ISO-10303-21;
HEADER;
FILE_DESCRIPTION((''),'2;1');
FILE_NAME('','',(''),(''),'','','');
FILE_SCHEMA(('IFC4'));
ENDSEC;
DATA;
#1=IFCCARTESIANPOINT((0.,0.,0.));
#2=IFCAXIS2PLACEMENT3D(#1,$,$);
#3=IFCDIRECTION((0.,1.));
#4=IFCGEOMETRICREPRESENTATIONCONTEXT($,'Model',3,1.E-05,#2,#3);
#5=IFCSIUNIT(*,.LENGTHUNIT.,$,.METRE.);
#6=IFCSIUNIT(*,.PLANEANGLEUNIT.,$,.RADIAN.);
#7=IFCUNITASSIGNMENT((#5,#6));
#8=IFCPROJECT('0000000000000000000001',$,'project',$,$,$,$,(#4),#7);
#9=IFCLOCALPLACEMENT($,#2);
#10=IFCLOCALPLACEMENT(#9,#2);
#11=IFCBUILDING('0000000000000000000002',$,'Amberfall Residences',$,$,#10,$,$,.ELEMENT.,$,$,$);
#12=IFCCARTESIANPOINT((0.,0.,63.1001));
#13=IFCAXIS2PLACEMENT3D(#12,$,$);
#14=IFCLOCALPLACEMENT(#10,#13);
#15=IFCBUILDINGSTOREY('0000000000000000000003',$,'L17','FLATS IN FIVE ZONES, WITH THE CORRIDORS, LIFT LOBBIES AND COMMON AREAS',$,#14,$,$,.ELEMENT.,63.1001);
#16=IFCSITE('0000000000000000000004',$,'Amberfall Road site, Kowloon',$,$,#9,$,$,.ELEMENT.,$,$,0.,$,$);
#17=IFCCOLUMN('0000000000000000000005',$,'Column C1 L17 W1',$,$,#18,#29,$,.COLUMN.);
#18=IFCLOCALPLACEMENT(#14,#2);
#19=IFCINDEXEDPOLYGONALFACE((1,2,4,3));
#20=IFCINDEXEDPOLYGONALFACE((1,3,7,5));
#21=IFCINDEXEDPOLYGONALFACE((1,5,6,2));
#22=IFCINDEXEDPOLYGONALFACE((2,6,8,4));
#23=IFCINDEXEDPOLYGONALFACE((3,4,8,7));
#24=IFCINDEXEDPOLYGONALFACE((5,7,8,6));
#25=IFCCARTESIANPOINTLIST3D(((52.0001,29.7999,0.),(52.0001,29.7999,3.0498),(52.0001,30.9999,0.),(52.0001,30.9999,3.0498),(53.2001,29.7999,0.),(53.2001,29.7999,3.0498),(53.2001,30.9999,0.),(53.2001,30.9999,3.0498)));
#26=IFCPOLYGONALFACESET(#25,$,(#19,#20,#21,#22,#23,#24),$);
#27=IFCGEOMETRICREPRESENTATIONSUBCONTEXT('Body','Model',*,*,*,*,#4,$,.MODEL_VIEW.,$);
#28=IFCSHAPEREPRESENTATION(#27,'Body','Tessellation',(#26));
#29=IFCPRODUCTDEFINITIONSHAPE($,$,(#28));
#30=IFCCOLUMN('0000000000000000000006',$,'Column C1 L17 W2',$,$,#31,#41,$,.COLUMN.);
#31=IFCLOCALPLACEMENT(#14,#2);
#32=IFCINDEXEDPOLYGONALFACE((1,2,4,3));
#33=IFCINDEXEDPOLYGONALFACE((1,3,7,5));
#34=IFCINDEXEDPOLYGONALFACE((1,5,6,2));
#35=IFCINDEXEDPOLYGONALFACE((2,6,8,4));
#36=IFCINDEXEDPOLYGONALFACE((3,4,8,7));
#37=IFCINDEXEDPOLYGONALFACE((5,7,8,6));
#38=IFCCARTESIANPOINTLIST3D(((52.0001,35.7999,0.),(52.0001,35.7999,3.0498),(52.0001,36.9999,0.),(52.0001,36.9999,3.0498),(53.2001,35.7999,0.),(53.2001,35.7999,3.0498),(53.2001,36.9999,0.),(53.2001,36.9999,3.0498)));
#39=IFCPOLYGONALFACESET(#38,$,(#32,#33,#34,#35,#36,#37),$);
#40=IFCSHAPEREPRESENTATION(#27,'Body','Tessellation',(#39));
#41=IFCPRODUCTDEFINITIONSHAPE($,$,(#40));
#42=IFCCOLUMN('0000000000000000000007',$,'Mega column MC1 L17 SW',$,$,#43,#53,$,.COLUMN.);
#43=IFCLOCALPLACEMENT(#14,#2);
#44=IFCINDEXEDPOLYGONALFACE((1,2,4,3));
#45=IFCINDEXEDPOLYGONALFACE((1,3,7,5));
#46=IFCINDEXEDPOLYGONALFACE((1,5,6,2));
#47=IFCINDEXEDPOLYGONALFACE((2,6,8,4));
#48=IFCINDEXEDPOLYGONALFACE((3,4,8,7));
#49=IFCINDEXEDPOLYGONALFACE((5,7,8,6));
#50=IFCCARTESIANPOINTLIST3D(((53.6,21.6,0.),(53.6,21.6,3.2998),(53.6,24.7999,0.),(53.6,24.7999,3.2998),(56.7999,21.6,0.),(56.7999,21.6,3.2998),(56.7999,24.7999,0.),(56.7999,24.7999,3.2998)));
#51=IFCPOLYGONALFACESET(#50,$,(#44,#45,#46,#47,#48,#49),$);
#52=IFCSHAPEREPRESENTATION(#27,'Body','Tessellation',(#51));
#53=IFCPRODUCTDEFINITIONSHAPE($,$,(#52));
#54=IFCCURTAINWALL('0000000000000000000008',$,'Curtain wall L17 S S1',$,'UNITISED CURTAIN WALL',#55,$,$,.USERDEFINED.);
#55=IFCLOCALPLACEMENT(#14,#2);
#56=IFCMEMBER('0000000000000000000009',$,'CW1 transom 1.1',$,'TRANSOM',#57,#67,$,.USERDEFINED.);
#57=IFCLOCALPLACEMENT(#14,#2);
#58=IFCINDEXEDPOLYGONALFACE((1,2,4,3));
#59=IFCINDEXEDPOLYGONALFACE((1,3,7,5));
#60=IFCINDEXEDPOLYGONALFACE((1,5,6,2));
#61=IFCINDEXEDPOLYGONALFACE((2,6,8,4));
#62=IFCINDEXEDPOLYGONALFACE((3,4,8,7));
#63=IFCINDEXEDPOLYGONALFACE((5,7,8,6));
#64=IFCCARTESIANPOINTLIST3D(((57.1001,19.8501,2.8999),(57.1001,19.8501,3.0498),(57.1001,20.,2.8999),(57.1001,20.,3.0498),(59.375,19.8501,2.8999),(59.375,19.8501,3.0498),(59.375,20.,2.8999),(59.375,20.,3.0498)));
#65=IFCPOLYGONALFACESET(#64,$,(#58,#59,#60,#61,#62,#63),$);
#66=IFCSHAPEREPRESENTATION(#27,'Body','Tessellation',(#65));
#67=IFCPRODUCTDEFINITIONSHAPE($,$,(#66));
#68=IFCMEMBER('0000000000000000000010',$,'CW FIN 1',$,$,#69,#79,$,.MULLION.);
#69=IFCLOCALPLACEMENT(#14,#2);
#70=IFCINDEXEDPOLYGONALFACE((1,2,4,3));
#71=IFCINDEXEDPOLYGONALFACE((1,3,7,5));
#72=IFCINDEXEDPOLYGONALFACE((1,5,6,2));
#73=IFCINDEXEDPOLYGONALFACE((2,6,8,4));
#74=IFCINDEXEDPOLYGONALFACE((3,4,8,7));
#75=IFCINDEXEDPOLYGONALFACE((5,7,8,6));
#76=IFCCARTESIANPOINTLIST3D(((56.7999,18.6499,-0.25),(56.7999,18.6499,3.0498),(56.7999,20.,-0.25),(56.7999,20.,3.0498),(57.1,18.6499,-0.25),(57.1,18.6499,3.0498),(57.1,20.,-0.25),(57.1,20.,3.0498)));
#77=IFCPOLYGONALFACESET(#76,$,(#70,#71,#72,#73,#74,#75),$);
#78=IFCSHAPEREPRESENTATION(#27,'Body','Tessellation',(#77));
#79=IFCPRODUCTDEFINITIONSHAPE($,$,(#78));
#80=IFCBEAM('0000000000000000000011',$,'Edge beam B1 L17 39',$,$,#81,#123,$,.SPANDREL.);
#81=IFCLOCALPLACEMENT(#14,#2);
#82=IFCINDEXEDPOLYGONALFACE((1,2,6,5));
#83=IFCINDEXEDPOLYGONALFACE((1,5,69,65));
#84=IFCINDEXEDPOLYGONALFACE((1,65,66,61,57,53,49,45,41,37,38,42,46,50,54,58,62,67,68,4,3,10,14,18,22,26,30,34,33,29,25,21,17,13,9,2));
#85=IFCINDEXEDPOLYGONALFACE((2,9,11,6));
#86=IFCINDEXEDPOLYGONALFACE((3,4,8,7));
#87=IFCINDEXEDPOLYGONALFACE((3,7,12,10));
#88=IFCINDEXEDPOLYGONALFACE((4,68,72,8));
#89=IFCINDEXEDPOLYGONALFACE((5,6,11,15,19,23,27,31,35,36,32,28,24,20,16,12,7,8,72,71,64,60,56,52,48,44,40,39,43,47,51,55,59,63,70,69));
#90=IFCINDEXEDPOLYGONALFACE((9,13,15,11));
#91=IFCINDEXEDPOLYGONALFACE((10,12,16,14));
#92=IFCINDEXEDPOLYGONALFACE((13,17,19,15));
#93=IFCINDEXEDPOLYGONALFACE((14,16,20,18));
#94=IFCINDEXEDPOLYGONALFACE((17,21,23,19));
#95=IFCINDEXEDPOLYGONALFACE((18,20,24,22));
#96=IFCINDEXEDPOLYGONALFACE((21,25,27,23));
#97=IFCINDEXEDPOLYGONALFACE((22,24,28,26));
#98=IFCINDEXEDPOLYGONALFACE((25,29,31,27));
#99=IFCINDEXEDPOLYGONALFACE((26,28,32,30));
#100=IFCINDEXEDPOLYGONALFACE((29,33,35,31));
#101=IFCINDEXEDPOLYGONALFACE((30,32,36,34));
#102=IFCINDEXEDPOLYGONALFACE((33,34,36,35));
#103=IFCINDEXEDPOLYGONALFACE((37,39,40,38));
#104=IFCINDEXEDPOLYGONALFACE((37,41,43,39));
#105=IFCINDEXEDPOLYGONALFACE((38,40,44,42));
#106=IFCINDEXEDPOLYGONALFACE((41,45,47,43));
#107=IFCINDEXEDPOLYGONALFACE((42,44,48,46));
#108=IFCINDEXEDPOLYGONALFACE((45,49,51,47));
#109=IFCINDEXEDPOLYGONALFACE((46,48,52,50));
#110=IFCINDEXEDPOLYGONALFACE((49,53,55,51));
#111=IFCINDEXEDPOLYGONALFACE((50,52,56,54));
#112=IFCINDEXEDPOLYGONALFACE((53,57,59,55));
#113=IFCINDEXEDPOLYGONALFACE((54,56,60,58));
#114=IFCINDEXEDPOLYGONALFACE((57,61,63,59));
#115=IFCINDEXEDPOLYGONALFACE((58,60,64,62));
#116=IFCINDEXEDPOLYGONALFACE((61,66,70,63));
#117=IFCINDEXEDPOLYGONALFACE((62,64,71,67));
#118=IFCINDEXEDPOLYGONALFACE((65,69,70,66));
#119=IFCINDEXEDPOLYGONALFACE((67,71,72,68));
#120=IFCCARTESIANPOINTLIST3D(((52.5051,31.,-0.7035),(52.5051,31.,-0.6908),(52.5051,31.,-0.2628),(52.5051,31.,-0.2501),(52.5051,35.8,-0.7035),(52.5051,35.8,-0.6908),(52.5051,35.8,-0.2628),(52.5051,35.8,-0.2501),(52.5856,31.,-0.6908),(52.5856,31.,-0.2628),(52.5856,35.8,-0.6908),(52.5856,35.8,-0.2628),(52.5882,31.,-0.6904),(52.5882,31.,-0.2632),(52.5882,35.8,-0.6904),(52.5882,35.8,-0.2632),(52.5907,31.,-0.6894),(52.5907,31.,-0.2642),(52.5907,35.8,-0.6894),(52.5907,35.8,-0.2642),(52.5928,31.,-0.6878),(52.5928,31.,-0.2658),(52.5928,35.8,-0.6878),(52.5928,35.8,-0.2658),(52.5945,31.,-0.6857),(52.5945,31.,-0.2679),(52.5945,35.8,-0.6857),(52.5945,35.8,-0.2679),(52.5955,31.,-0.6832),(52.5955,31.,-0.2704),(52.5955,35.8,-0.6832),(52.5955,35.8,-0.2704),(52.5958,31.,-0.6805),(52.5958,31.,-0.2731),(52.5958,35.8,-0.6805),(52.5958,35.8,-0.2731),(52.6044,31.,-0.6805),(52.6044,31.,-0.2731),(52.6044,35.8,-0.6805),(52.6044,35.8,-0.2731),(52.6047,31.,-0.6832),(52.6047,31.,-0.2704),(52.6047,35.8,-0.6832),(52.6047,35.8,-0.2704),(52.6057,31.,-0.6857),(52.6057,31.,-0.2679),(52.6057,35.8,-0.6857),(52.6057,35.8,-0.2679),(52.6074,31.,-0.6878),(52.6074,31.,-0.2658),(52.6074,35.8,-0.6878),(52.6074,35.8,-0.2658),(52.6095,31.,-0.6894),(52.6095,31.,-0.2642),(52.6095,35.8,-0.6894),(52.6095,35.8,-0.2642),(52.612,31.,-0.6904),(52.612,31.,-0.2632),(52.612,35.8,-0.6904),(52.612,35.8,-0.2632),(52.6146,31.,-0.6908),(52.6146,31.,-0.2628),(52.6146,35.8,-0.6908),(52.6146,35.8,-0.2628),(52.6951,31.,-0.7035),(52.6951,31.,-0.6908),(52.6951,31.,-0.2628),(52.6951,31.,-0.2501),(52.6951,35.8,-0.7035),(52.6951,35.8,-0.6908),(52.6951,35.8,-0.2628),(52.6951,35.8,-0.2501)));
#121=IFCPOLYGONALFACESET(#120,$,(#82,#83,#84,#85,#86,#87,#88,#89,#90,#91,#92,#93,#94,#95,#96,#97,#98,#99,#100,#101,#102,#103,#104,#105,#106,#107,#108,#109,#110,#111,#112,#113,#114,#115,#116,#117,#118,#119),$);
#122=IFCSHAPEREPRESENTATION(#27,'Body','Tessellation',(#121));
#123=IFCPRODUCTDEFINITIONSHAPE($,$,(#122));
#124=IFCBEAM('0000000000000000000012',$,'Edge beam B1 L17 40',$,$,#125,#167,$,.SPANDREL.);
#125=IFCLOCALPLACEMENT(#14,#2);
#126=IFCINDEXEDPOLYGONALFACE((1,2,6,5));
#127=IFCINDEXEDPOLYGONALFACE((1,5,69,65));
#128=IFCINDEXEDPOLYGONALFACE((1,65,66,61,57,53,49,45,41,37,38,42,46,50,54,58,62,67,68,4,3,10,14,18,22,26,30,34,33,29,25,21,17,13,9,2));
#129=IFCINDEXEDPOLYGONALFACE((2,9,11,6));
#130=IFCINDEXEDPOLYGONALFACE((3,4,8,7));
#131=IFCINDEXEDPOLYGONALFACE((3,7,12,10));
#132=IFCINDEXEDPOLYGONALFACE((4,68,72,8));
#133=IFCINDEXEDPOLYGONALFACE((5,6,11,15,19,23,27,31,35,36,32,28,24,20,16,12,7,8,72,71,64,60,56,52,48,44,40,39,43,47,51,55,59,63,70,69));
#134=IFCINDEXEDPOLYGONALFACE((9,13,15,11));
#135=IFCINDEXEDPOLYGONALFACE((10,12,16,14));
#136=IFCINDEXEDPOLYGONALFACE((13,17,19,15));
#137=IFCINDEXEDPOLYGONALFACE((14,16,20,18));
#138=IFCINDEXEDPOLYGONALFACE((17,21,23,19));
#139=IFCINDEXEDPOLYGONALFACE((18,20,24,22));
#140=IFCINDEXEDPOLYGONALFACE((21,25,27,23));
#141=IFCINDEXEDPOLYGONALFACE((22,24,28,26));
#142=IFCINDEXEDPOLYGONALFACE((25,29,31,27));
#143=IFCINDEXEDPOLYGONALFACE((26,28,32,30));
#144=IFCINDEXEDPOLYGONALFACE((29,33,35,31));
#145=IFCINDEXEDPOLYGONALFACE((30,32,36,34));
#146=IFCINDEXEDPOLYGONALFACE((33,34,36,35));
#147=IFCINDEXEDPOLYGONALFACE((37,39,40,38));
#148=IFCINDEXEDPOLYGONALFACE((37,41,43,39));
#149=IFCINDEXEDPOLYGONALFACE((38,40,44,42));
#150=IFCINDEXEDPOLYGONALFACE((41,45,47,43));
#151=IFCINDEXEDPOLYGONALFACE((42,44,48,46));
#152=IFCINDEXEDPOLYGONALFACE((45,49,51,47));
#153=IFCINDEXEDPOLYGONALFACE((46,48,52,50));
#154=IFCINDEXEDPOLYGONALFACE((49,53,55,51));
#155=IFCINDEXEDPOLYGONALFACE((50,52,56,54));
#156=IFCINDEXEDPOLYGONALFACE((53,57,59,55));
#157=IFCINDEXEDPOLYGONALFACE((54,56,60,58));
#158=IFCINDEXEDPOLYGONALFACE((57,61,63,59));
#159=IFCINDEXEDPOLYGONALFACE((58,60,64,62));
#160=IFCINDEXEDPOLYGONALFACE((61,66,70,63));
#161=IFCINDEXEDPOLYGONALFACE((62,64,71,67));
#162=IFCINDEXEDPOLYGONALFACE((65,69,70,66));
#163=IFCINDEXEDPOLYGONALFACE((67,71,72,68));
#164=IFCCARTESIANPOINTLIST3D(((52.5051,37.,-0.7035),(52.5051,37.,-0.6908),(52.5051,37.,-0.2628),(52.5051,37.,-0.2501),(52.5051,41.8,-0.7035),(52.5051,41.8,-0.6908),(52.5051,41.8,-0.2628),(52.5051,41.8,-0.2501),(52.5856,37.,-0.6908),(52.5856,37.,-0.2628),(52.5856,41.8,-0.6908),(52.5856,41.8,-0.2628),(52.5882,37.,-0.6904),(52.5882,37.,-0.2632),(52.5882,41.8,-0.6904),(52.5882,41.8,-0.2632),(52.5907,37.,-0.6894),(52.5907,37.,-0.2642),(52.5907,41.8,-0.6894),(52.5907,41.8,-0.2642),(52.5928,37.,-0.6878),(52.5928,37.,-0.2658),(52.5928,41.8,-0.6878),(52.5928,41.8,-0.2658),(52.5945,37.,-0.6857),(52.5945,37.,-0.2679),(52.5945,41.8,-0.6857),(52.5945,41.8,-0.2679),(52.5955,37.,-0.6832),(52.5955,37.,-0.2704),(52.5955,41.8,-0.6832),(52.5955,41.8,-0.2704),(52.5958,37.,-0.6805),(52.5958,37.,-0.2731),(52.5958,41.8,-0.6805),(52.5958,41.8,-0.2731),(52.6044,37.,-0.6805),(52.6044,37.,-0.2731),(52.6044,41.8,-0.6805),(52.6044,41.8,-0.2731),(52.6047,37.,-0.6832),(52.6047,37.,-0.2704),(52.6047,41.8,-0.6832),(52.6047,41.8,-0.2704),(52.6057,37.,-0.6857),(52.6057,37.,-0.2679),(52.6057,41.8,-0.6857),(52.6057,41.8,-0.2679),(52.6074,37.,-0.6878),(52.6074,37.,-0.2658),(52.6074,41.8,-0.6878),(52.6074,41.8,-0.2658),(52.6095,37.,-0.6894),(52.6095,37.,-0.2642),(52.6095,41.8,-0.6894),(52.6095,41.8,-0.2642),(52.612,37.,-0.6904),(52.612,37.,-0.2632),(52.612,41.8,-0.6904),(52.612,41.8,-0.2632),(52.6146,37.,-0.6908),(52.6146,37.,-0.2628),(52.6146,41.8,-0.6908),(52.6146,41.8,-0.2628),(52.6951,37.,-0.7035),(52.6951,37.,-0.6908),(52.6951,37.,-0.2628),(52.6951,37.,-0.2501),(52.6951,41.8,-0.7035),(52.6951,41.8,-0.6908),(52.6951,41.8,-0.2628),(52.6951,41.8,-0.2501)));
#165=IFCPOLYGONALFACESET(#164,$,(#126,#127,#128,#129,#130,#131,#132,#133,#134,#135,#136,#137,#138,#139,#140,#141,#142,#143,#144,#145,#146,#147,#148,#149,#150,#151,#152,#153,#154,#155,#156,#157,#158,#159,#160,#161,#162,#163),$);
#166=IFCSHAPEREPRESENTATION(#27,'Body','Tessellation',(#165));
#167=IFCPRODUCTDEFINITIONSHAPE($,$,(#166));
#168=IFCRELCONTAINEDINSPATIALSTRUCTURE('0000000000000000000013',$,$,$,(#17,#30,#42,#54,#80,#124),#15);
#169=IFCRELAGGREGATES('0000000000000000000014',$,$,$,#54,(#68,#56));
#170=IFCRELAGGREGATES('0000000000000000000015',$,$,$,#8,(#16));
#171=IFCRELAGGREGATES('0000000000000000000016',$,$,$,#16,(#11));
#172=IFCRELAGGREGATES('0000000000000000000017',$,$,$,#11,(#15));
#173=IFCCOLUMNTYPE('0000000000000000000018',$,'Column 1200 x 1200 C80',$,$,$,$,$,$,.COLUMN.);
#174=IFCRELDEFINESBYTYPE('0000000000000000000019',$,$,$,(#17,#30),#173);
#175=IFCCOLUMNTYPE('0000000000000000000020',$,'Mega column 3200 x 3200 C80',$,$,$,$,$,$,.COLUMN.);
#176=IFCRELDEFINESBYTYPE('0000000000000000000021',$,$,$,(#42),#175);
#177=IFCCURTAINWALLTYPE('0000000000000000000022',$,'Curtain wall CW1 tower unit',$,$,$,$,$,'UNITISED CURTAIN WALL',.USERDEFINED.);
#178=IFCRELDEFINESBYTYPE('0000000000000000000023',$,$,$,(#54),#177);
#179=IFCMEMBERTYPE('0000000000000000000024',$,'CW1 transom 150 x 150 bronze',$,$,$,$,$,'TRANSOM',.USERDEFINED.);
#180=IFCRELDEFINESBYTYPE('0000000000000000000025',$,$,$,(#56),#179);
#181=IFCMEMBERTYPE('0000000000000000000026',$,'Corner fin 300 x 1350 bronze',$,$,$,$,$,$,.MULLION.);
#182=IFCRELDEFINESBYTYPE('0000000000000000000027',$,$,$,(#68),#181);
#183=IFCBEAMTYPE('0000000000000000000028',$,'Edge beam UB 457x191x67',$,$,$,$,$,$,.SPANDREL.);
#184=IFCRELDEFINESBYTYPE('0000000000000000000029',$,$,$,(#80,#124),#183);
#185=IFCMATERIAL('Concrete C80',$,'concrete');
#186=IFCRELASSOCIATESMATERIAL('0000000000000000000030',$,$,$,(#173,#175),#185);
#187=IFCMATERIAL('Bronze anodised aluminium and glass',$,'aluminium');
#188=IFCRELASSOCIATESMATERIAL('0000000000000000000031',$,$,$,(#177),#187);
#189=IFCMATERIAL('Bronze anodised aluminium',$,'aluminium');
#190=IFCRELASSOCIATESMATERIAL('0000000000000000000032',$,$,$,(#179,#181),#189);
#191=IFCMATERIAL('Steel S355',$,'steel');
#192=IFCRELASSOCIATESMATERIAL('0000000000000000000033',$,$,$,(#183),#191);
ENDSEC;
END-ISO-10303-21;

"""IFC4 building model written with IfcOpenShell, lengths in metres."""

from ifc_helpers import new_model, si_unit, direction, frame, origin, origin_2d, place, context, subcontext, project, spatial, rectangle, i_section, extrude, material, material_profile, profile_set, type_object, element, aggregate, save


model = new_model("IFC4")

# Units and contexts
model_context = context("Model", 3, precision=1e-05, world=origin(), true_north=direction((0.0, 1.0)))
body_context = subcontext(model_context, "Body", "Model", "MODEL_VIEW")
ifc_project = project(units=[si_unit("LENGTHUNIT", "METRE"), si_unit("PLANEANGLEUNIT", "RADIAN")], contexts=[model_context])

# Site, building, storey
site_placement = place(None, origin())
site = spatial("IfcSite", under=ifc_project, at=site_placement, Name="Amberfall Road site, Kowloon", CompositionType="ELEMENT", RefElevation=0.0)
building_placement = place(site_placement, origin())
building = spatial("IfcBuilding", under=site, at=building_placement, Name="Amberfall Residences", CompositionType="ELEMENT")
storey_placement = place(building_placement, frame((0.0, 0.0, 63.1001)))
storey = spatial("IfcBuildingStorey", under=building, at=storey_placement, Name="L17", Description="FLATS IN FIVE ZONES, WITH THE CORRIDORS, LIFT LOBBIES AND COMMON AREAS", CompositionType="ELEMENT", Elevation=63.1001)

# Columns
ifc_material_1 = material(Name="Concrete C80", Category="concrete")
ifc_material_profile_1 = material_profile(ifc_material_1, rectangle(XDim=1.2, YDim=1.2, at=origin_2d()), Name="Column 1200 x 1200 C80")
ifc_profile_set_1 = profile_set([ifc_material_profile_1], Name="Concrete C80")
column_type_1 = type_object("IfcColumnType", Name="Column 1200 x 1200 C80", PredefinedType="COLUMN", material=ifc_profile_set_1)
for number, where, z_axis, x_axis, name in (
    (1, (52.6001, 30.3999, 0.0), (0.0, 0.0, 1.0), (1.0, 0.0, 0.0), "Column C1 L17 W1"),
    (2, (52.6001, 36.3999, 0.0), (0.0, 0.0, 1.0), (1.0, 0.0, 0.0), "Column C1 L17 W2"),
):
    element("IfcColumn", number, at=place(storey_placement, frame(where, z_axis=z_axis, x_axis=x_axis)), inside=storey, type_object=column_type_1, Name=name, PredefinedType="COLUMN", context=body_context, shape_type="SweptSolid", body=[
        extrude(rectangle(XDim=1.2, YDim=1.2, at=origin_2d()), origin(), (0.0, 0.0, 1.0), 3.0498),
    ])
ifc_material_profile_2 = material_profile(ifc_material_1, rectangle(XDim=3.2, YDim=3.2, at=origin_2d()), Name="Mega column 3200 x 3200 C80")
ifc_profile_set_2 = profile_set([ifc_material_profile_2], Name="Concrete C80")
column_type_2 = type_object("IfcColumnType", Name="Mega column 3200 x 3200 C80", PredefinedType="COLUMN", material=ifc_profile_set_2)
column_placement = place(storey_placement, frame((55.2, 23.2, 0.0), z_axis=(0.0, 0.0, 1.0), x_axis=(1.0, 0.0, 0.0)))
element("IfcColumn", 3, at=column_placement, inside=storey, type_object=column_type_2, Name="Mega column MC1 L17 SW", PredefinedType="COLUMN", context=body_context, shape_type="SweptSolid", body=[
    extrude(rectangle(XDim=3.2, YDim=3.2, at=origin_2d()), origin(), (0.0, 0.0, 1.0), 3.2998),
])

# Curtain wall, members
ifc_material_2 = material(Name="Bronze anodised aluminium and glass", Category="aluminium")
curtain_wall_type = type_object("IfcCurtainWallType", Name="Curtain wall CW1 tower unit", ElementType="UNITISED CURTAIN WALL", PredefinedType="USERDEFINED", material=ifc_material_2)
curtain_wall_placement = place(storey_placement, origin())
curtain_wall = element("IfcCurtainWall", 4, at=curtain_wall_placement, inside=storey, type_object=curtain_wall_type, Name="Curtain wall L17 S S1", ObjectType="UNITISED CURTAIN WALL", PredefinedType="USERDEFINED")
ifc_material_3 = material(Name="Bronze anodised aluminium", Category="aluminium")
ifc_material_profile_3 = material_profile(ifc_material_3, rectangle(XDim=0.1499, YDim=0.1499, at=origin_2d()), Name="CW1 transom 150 x 150 bronze")
ifc_profile_set_3 = profile_set([ifc_material_profile_3], Name="Bronze anodised aluminium")
member_type_1 = type_object("IfcMemberType", Name="CW1 transom 150 x 150 bronze", ElementType="TRANSOM", PredefinedType="USERDEFINED", material=ifc_profile_set_3)
member_1_placement = place(storey_placement, frame((57.1001, 19.925, 2.9749), z_axis=(1.0, 0.0, 0.0), x_axis=(0.0, 1.0, 0.0)))
member_1 = element("IfcMember", 5, at=member_1_placement, type_object=member_type_1, Name="CW1 transom 1.1", ObjectType="TRANSOM", PredefinedType="USERDEFINED", context=body_context, shape_type="SweptSolid", body=[
    extrude(rectangle(XDim=0.1499, YDim=0.1499, at=origin_2d()), origin(), (0.0, 0.0, 1.0), 2.2749),
])
ifc_material_profile_4 = material_profile(ifc_material_3, rectangle(XDim=1.3501, YDim=0.3, at=origin_2d()), Name="Corner fin 300 x 1350 bronze")
ifc_profile_set_4 = profile_set([ifc_material_profile_4], Name="Bronze anodised aluminium")
member_type_2 = type_object("IfcMemberType", Name="Corner fin 300 x 1350 bronze", PredefinedType="MULLION", material=ifc_profile_set_4)
member_2_placement = place(storey_placement, frame((56.95, 19.325, -0.25), z_axis=(0.0, 0.0, 1.0), x_axis=(0.0, 1.0, 0.0)))
member_2 = element("IfcMember", 6, at=member_2_placement, type_object=member_type_2, Name="CW FIN 1", PredefinedType="MULLION", context=body_context, shape_type="SweptSolid", body=[
    extrude(rectangle(XDim=1.3501, YDim=0.3, at=origin_2d()), origin(), (0.0, 0.0, 1.0), 3.2998),
])

# Beams
ifc_material_4 = material(Name="Steel S355", Category="steel")
ifc_material_profile_5 = material_profile(ifc_material_4, i_section(OverallWidth=0.1899, OverallDepth=0.4534, WebThickness=0.0085, FlangeThickness=0.0127, FilletRadius=0.0103, at=origin_2d()), Name="UB 457x191x67")
ifc_profile_set_5 = profile_set([ifc_material_profile_5], Name="Steel S355")
beam_type_1 = type_object("IfcBeamType", Name="Edge beam UB 457x191x67", PredefinedType="SPANDREL", material=ifc_profile_set_5)
for number, where, z_axis, x_axis, name in (
    (7, (52.6001, 31.0, -0.4768), (0.0, 1.0, 0.0), (-1.0, 0.0, 0.0), "Edge beam B1 L17 39"),
    (8, (52.6001, 37.0, -0.4768), (0.0, 1.0, 0.0), (-1.0, 0.0, 0.0), "Edge beam B1 L17 40"),
):
    element("IfcBeam", number, at=place(storey_placement, frame(where, z_axis=z_axis, x_axis=x_axis)), inside=storey, type_object=beam_type_1, Name=name, PredefinedType="SPANDREL", context=body_context, shape_type="SweptSolid", body=[
        extrude(i_section(OverallWidth=0.1899, OverallDepth=0.4534, WebThickness=0.0085, FlangeThickness=0.0127, FilletRadius=0.0103, at=origin_2d()), origin(), (0.0, 0.0, 1.0), 4.8),
    ])

aggregate(curtain_wall, [member_2, member_1])

save(model, "model.ifc")
